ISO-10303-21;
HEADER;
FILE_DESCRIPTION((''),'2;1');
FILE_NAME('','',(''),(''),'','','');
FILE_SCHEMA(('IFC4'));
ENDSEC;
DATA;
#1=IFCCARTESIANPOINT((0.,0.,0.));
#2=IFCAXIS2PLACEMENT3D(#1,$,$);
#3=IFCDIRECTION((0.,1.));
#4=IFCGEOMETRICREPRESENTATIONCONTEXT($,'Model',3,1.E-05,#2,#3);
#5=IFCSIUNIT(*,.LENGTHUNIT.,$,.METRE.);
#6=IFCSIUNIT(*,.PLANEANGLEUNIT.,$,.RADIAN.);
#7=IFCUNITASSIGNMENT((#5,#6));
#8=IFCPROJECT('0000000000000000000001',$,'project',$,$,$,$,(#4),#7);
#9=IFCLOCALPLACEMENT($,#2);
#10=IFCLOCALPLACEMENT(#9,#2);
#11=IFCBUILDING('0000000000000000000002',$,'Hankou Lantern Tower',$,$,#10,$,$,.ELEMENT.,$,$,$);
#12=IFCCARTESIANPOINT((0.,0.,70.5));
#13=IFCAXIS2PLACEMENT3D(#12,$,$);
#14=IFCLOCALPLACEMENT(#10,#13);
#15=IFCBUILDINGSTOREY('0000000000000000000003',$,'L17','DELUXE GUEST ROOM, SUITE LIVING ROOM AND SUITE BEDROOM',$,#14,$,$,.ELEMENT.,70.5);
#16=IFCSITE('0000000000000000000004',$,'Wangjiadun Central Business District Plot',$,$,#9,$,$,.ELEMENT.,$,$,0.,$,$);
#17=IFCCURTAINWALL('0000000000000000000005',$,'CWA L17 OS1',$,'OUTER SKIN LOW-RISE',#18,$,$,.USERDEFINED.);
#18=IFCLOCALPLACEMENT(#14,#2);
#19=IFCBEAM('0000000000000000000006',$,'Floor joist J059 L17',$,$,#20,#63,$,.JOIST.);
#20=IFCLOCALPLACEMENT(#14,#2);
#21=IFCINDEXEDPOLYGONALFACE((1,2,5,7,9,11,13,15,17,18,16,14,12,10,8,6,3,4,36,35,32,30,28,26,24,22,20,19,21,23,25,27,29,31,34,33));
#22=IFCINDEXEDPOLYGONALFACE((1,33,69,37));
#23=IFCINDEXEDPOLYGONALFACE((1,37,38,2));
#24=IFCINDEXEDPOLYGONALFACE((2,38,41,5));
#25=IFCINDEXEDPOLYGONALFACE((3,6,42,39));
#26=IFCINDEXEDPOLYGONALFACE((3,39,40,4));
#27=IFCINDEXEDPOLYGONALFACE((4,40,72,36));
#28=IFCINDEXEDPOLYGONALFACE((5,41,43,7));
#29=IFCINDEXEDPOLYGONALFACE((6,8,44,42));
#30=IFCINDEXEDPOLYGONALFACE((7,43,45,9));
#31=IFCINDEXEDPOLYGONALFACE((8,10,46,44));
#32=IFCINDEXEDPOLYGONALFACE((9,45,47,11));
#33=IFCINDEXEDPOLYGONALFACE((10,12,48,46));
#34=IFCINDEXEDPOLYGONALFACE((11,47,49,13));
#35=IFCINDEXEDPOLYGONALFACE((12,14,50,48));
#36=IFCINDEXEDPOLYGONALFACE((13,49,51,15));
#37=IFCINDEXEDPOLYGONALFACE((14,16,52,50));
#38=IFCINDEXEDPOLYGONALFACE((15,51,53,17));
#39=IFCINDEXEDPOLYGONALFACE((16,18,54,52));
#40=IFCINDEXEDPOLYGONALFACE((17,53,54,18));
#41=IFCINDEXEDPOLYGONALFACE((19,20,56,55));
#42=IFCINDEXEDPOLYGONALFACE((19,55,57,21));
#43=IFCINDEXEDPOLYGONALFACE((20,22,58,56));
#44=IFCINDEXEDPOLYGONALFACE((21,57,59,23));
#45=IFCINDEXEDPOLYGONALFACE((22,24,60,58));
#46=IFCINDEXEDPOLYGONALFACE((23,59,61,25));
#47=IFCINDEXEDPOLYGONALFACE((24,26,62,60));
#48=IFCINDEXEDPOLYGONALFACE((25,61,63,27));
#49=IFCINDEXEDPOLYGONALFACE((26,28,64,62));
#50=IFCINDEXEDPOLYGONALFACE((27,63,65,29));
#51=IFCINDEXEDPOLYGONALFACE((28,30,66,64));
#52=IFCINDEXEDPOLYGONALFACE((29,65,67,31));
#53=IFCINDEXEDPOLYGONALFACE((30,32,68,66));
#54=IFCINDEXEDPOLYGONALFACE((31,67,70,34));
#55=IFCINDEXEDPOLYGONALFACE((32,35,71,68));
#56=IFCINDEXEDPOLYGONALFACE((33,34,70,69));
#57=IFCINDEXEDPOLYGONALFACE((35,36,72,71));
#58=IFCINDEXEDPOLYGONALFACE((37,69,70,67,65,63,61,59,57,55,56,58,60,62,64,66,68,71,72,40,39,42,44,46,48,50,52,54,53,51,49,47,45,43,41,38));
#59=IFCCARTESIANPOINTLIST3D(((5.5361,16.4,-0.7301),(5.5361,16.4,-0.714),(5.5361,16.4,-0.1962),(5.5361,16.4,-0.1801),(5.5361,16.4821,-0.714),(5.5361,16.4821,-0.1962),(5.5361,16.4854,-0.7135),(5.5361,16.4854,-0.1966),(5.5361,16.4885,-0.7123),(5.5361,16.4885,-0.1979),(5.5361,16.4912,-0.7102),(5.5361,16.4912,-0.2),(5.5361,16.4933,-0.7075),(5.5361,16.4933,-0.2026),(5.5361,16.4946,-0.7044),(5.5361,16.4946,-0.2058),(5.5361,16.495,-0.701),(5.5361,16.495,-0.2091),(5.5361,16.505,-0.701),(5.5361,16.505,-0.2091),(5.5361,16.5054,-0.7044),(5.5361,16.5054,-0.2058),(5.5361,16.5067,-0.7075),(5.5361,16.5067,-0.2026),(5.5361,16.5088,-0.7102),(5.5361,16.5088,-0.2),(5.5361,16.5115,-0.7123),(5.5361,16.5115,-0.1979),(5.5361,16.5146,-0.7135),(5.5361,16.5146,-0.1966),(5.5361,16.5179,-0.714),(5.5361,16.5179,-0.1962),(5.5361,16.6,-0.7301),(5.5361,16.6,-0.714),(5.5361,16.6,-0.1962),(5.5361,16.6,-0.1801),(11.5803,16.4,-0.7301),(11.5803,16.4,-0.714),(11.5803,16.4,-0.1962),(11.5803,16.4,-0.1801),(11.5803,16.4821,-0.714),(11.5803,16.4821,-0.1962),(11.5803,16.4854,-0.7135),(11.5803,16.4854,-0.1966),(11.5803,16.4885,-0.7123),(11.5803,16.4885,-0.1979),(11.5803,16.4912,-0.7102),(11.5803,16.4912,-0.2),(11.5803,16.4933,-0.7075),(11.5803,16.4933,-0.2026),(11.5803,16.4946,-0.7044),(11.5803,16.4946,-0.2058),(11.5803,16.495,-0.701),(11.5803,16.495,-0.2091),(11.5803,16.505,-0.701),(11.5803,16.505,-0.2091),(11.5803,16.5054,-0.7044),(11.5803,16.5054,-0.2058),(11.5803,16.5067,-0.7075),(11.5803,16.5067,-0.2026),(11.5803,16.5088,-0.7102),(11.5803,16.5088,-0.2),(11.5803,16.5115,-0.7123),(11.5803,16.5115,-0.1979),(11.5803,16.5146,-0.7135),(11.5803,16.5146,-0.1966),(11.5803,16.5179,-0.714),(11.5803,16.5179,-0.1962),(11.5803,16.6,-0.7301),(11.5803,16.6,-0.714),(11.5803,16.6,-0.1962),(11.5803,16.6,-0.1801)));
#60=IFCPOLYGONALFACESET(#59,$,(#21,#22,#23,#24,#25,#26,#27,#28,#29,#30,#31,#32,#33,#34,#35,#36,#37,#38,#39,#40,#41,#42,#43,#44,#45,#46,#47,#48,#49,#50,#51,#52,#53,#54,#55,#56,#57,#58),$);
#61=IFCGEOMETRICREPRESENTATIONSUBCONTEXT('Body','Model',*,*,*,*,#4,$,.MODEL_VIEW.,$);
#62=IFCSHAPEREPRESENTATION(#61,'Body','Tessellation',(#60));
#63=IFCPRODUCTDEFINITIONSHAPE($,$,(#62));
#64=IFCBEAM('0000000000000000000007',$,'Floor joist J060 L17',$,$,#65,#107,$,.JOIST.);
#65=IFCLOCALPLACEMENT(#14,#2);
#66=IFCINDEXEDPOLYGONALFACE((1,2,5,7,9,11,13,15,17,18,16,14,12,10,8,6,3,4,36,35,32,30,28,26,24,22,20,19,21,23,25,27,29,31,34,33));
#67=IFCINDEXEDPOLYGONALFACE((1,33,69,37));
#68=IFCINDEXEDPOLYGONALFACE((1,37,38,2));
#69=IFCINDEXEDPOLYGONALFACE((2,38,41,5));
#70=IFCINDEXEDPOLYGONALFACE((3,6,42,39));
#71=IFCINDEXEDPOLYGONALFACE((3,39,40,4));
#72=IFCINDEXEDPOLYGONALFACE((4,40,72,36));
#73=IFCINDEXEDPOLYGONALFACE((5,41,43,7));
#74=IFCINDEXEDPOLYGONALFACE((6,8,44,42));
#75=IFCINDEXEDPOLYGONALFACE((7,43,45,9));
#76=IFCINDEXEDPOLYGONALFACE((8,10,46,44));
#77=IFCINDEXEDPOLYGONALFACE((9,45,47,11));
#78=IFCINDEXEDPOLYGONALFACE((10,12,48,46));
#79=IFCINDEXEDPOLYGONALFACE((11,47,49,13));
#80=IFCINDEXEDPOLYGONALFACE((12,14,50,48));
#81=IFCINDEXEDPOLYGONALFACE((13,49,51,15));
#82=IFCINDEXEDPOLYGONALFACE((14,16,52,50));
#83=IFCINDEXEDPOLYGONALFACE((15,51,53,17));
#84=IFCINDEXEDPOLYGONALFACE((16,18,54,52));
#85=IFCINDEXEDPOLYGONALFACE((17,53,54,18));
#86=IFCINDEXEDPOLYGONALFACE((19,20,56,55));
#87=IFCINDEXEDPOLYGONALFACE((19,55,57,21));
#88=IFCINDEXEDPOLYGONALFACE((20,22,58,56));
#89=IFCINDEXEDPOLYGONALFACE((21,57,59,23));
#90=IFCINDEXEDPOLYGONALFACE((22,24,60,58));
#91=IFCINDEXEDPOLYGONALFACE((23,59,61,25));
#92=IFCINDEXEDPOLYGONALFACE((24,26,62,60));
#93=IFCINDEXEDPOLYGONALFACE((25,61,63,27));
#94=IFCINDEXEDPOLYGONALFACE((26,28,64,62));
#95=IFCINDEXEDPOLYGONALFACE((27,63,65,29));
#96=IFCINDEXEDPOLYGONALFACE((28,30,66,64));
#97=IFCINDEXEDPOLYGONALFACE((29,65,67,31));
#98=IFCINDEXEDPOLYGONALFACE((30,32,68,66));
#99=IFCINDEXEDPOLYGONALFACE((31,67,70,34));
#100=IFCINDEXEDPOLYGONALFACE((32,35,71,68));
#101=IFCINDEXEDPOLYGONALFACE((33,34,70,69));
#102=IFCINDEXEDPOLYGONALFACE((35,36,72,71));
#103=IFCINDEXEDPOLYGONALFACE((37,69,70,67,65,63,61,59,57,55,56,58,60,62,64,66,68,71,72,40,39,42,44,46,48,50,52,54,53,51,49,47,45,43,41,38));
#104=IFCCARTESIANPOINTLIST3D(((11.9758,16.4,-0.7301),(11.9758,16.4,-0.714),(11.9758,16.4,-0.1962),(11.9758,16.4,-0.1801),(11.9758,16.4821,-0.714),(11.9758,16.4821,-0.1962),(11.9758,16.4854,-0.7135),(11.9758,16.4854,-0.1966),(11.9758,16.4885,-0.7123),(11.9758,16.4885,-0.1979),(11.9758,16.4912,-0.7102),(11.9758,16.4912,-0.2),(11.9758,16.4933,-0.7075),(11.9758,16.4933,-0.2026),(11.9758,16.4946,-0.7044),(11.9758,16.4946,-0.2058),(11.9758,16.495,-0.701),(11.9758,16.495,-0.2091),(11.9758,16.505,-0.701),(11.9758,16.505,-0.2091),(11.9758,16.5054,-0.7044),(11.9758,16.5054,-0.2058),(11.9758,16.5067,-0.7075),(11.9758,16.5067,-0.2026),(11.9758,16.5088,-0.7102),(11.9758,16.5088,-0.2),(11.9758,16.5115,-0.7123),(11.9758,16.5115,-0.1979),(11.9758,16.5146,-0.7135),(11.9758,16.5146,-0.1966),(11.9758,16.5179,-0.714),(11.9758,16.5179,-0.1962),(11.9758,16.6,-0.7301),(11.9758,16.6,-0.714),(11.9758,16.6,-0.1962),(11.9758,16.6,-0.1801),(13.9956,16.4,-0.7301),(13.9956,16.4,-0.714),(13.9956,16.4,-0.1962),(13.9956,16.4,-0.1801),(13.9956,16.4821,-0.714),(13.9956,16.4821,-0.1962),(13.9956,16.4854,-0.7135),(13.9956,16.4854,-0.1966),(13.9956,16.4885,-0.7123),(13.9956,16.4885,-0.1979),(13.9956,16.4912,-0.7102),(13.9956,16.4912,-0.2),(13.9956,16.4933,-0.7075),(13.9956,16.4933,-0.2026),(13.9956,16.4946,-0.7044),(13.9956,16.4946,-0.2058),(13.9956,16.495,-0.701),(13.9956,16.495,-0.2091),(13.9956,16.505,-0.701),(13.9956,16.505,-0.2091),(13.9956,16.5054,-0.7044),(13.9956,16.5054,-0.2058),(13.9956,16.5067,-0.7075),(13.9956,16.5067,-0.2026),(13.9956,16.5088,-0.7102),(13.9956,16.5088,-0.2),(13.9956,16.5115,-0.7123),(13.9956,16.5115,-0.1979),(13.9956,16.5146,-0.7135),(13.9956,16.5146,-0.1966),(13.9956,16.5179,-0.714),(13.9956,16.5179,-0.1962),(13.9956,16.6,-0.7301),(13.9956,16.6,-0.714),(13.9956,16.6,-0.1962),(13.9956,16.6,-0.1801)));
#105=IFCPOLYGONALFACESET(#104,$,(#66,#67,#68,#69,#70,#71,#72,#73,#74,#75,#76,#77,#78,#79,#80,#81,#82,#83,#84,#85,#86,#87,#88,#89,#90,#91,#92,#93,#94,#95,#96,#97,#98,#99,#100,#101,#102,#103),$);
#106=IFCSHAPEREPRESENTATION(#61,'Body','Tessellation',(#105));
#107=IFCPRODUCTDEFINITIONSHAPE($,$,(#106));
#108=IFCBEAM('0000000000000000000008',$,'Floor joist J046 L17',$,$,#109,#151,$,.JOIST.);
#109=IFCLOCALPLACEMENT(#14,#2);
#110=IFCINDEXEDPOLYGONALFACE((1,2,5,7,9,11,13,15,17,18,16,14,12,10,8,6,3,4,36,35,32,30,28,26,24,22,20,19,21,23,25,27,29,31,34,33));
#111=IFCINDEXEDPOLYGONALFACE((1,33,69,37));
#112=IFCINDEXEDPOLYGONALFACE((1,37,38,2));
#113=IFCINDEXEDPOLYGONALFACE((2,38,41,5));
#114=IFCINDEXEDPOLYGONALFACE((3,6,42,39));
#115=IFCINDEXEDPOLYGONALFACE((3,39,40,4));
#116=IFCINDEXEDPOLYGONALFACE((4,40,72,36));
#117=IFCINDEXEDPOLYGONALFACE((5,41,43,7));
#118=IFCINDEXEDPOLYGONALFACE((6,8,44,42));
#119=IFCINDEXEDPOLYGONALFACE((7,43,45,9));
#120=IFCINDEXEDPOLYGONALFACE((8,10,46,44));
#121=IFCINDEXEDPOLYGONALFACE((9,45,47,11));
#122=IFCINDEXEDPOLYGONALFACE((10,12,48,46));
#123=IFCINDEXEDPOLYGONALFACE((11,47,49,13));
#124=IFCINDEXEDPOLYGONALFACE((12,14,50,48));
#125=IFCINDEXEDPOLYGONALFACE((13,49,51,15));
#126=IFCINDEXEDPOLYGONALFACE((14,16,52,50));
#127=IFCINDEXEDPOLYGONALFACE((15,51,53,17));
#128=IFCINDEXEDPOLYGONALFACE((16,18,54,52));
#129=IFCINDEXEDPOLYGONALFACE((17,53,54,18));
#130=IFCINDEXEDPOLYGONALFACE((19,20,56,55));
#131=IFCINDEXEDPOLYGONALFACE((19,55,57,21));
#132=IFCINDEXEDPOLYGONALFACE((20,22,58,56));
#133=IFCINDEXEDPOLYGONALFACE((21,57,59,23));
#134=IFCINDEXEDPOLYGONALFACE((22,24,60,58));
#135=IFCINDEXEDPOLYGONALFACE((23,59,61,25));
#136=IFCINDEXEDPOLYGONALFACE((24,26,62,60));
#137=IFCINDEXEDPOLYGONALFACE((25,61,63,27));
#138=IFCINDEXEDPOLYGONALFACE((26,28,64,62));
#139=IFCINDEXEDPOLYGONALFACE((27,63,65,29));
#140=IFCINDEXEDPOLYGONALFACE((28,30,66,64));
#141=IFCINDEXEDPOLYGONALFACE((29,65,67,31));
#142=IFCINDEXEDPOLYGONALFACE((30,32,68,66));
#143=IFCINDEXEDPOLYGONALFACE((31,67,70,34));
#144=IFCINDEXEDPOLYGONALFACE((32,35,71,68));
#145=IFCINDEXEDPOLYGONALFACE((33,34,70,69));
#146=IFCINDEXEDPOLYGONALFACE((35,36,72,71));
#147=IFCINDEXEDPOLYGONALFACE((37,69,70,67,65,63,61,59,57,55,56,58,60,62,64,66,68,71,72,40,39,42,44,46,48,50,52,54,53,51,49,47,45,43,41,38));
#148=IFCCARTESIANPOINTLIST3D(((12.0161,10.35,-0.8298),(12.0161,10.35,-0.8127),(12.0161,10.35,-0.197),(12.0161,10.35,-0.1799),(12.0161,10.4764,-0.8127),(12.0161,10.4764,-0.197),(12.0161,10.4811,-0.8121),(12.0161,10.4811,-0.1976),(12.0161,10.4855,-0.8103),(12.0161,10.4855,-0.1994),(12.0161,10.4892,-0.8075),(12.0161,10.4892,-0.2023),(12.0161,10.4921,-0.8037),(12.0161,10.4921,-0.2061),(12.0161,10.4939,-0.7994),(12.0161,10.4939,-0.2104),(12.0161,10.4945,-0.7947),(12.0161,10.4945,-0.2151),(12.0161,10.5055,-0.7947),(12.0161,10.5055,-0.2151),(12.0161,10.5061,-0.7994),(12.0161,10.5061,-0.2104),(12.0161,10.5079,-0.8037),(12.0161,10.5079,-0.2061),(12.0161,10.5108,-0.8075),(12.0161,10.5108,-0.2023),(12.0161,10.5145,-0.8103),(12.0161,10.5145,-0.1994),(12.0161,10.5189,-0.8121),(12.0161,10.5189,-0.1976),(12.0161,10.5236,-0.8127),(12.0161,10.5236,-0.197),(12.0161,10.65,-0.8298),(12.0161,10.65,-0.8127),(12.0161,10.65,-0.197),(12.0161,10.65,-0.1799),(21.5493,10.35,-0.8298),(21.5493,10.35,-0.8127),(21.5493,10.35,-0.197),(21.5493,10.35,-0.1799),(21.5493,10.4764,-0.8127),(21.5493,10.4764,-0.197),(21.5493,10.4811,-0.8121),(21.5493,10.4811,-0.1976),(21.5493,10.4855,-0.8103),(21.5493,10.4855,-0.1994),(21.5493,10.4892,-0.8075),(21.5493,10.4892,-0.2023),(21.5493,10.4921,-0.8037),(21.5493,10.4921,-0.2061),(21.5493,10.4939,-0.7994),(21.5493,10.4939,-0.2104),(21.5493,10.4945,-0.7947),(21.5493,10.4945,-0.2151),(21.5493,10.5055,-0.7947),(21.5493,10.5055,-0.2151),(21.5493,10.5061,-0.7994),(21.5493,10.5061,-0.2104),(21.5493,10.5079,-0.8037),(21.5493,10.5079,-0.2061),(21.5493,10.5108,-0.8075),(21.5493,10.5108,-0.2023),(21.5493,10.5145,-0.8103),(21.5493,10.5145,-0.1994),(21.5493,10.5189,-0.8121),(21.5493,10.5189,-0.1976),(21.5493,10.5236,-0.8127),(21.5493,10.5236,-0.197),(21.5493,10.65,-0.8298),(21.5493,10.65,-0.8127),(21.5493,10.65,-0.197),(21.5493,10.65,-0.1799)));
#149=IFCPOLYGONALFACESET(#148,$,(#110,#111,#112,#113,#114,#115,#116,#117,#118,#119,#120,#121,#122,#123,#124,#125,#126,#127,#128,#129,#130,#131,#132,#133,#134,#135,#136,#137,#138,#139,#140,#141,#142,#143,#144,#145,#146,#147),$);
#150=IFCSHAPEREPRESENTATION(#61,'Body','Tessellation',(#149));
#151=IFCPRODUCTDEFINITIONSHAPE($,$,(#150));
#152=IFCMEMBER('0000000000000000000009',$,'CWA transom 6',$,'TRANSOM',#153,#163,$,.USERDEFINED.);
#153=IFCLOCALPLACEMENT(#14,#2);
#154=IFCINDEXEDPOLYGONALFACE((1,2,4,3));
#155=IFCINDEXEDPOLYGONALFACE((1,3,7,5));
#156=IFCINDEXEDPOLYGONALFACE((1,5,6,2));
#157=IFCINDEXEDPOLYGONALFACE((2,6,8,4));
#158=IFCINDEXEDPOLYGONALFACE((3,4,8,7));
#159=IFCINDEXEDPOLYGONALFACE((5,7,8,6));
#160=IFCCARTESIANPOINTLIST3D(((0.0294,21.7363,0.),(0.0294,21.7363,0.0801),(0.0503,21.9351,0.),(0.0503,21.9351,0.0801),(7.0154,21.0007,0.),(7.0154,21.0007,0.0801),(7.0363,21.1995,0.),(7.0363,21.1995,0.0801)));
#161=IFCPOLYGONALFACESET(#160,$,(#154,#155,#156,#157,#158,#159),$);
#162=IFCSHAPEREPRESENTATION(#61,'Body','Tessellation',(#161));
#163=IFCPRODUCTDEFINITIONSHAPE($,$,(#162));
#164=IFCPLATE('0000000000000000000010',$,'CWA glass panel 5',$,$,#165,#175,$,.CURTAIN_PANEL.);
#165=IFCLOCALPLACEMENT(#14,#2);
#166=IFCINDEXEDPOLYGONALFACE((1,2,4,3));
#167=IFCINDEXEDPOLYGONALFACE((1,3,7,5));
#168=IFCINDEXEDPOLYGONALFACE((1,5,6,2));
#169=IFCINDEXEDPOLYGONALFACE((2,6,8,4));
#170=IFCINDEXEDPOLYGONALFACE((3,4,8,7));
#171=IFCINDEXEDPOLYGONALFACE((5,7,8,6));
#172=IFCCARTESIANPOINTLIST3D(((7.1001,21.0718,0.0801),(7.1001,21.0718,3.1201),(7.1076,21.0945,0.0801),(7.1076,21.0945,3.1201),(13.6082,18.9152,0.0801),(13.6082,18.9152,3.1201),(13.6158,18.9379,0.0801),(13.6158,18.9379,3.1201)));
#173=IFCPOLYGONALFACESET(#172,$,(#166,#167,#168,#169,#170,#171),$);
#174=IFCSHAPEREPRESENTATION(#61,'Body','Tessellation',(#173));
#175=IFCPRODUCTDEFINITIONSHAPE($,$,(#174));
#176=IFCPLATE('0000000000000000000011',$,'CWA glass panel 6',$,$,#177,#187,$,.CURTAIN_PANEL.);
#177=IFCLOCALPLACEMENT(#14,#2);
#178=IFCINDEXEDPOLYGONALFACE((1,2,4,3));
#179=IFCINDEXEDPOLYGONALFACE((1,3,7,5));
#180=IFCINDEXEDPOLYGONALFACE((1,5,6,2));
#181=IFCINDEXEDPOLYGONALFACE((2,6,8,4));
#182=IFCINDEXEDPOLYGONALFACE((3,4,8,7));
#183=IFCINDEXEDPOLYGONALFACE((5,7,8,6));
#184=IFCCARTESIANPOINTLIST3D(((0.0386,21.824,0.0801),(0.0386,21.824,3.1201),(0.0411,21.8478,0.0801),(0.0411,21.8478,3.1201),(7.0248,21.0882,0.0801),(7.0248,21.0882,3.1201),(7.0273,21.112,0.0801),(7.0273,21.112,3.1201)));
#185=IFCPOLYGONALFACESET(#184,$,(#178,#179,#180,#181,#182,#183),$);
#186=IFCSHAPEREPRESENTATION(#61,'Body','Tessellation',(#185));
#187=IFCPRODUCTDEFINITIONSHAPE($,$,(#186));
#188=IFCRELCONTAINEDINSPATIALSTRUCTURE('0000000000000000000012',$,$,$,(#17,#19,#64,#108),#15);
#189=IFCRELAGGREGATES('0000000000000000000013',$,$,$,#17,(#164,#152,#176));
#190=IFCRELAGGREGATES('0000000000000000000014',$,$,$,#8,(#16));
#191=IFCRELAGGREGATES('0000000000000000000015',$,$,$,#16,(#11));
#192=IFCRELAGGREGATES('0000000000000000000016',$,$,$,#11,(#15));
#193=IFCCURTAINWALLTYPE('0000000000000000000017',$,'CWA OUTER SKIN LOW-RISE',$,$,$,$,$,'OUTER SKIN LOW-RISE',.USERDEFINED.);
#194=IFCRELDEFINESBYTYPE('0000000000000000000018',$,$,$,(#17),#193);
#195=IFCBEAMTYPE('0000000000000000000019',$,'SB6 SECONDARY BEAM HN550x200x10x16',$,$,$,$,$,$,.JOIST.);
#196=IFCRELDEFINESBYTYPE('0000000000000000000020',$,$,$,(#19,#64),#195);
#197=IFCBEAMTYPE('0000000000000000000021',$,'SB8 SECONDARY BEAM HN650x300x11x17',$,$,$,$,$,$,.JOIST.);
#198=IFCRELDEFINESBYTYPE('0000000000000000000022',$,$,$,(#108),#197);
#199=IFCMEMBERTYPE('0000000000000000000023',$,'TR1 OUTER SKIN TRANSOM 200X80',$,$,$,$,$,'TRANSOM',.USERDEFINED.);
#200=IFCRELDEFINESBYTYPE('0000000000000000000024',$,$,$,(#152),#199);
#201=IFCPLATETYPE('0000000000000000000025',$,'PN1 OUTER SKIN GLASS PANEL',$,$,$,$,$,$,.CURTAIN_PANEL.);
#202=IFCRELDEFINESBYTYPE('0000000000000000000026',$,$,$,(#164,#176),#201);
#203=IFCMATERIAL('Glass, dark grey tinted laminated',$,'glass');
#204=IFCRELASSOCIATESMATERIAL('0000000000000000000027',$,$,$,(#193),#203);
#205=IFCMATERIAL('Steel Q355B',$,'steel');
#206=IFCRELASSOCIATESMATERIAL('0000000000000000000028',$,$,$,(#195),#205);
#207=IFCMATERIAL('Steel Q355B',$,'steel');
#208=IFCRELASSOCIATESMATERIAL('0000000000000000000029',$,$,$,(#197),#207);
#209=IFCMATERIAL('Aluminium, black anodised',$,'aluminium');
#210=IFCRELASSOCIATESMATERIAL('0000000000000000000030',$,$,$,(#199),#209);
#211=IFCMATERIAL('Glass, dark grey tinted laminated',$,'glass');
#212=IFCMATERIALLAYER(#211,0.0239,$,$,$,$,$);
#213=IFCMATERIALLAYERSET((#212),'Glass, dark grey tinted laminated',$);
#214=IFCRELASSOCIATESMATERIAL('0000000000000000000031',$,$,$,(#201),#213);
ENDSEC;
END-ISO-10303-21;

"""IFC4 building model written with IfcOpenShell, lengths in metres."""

from ifc_helpers import new_model, si_unit, direction, frame, origin, origin_2d, place, context, subcontext, project, spatial, rectangle, i_section, extrude, material, layer, layer_set, material_profile, profile_set, type_object, element, aggregate, save


model = new_model("IFC4")

# Units and contexts
model_context = context("Model", 3, precision=1e-05, world=origin(), true_north=direction((0.0, 1.0)))
body_context = subcontext(model_context, "Body", "Model", "MODEL_VIEW")
ifc_project = project(units=[si_unit("LENGTHUNIT", "METRE"), si_unit("PLANEANGLEUNIT", "RADIAN")], contexts=[model_context])

# Site, building, storey
site_placement = place(None, origin())
site = spatial("IfcSite", under=ifc_project, at=site_placement, Name="Wangjiadun Central Business District Plot", CompositionType="ELEMENT", RefElevation=0.0)
building_placement = place(site_placement, origin())
building = spatial("IfcBuilding", under=site, at=building_placement, Name="Hankou Lantern Tower", CompositionType="ELEMENT")
storey_placement = place(building_placement, frame((0.0, 0.0, 70.5)))
storey = spatial("IfcBuildingStorey", under=building, at=storey_placement, Name="L17", Description="DELUXE GUEST ROOM, SUITE LIVING ROOM AND SUITE BEDROOM", CompositionType="ELEMENT", Elevation=70.5)

# Curtain wall
ifc_material_1 = material(Name="Glass, dark grey tinted laminated", Category="glass")
curtain_wall_type = type_object("IfcCurtainWallType", Name="CWA OUTER SKIN LOW-RISE", ElementType="OUTER SKIN LOW-RISE", PredefinedType="USERDEFINED", material=ifc_material_1)
curtain_wall_1_placement = place(storey_placement, origin())
curtain_wall_1 = element("IfcCurtainWall", 1, at=curtain_wall_1_placement, inside=storey, type_object=curtain_wall_type, Name="CWA L17 OS1", ObjectType="OUTER SKIN LOW-RISE", PredefinedType="USERDEFINED")

# Beams
ifc_material_2 = material(Name="Steel Q355B", Category="steel")
ifc_material_profile_1 = material_profile(ifc_material_2, i_section(OverallWidth=0.2, OverallDepth=0.55, WebThickness=0.01, FlangeThickness=0.0161, FilletRadius=0.0129, at=origin_2d()), Name="HN550x200x10x16")
ifc_profile_set_1 = profile_set([ifc_material_profile_1], Name="Steel Q355B")
beam_type_1 = type_object("IfcBeamType", Name="SB6 SECONDARY BEAM HN550x200x10x16", PredefinedType="JOIST", material=ifc_profile_set_1)
beam_1_placement = place(storey_placement, frame((5.5361, 16.5, -0.4551), z_axis=(1.0, 0.0, 0.0), x_axis=(0.0, 1.0, 0.0)))
element("IfcBeam", 2, at=beam_1_placement, inside=storey, type_object=beam_type_1, Name="Floor joist J059 L17", PredefinedType="JOIST", context=body_context, shape_type="SweptSolid", body=[
    extrude(i_section(OverallWidth=0.2, OverallDepth=0.55, WebThickness=0.01, FlangeThickness=0.0161, FilletRadius=0.0129, at=origin_2d()), origin(), (0.0, 0.0, 1.0), 6.0442),
])
beam_2_placement = place(storey_placement, frame((11.9758, 16.5, -0.4551), z_axis=(1.0, 0.0, 0.0), x_axis=(0.0, 1.0, 0.0)))
element("IfcBeam", 3, at=beam_2_placement, inside=storey, type_object=beam_type_1, Name="Floor joist J060 L17", PredefinedType="JOIST", context=body_context, shape_type="SweptSolid", body=[
    extrude(i_section(OverallWidth=0.2, OverallDepth=0.55, WebThickness=0.01, FlangeThickness=0.0161, FilletRadius=0.0129, at=origin_2d()), origin(), (0.0, 0.0, 1.0), 2.0198),
])
ifc_material_3 = material(Name="Steel Q355B", Category="steel")
ifc_material_profile_2 = material_profile(ifc_material_3, i_section(OverallWidth=0.3, OverallDepth=0.6499, WebThickness=0.011, FlangeThickness=0.0171, FilletRadius=0.0181, at=origin_2d()), Name="HN650x300x11x17")
ifc_profile_set_2 = profile_set([ifc_material_profile_2], Name="Steel Q355B")
beam_type_2 = type_object("IfcBeamType", Name="SB8 SECONDARY BEAM HN650x300x11x17", PredefinedType="JOIST", material=ifc_profile_set_2)
beam_3_placement = place(storey_placement, frame((12.0161, 10.5, -0.5049), z_axis=(1.0, 0.0, 0.0), x_axis=(0.0, 1.0, 0.0)))
element("IfcBeam", 4, at=beam_3_placement, inside=storey, type_object=beam_type_2, Name="Floor joist J046 L17", PredefinedType="JOIST", context=body_context, shape_type="SweptSolid", body=[
    extrude(i_section(OverallWidth=0.3, OverallDepth=0.6499, WebThickness=0.011, FlangeThickness=0.0171, FilletRadius=0.0181, at=origin_2d()), origin(), (0.0, 0.0, 1.0), 9.5332),
])

# Member
ifc_material_4 = material(Name="Aluminium, black anodised", Category="aluminium")
ifc_material_profile_3 = material_profile(ifc_material_4, rectangle(XDim=0.2, YDim=0.0801, at=origin_2d()), Name="TR1 200X80")
ifc_profile_set_3 = profile_set([ifc_material_profile_3], Name="Aluminium, black anodised")
member_type_1 = type_object("IfcMemberType", Name="TR1 OUTER SKIN TRANSOM 200X80", ElementType="TRANSOM", PredefinedType="USERDEFINED", material=ifc_profile_set_3)
member_1_placement = place(storey_placement, frame((7.0259, 21.1001, 0.04), z_axis=(-0.994502, 0.104716, 0.0), x_axis=(-0.104716, -0.994502, 0.0)))
member_1 = element("IfcMember", 5, at=member_1_placement, type_object=member_type_1, Name="CWA transom 6", ObjectType="TRANSOM", PredefinedType="USERDEFINED", context=body_context, shape_type="SweptSolid", body=[
    extrude(rectangle(XDim=0.2, YDim=0.0801, at=origin_2d()), origin(), (0.0, 0.0, 1.0), 7.0247),
])

# Plates
ifc_material_5 = material(Name="Glass, dark grey tinted laminated", Category="glass")
ifc_layer_1 = layer(ifc_material_5, 0.0239)
ifc_layer_set_1 = layer_set([ifc_layer_1], Name="Glass, dark grey tinted laminated")
plate_type = type_object("IfcPlateType", Name="PN1 OUTER SKIN GLASS PANEL", PredefinedType="CURTAIN_PANEL", material=ifc_layer_set_1)
plate_1_placement = place(storey_placement, frame((10.3579, 20.0049, 0.0801), z_axis=(0.0, 0.0, 1.0), x_axis=(-0.949241, 0.314551, 0.0)))
plate_1 = element("IfcPlate", 6, at=plate_1_placement, type_object=plate_type, Name="CWA glass panel 5", PredefinedType="CURTAIN_PANEL", context=body_context, shape_type="SweptSolid", body=[
    extrude(rectangle(XDim=6.8562, YDim=0.0239, at=origin_2d()), origin(), (0.0, 0.0, 1.0), 3.04),
])
plate_2_placement = place(storey_placement, frame((3.533, 21.468, 0.0801), z_axis=(0.0, 0.0, 1.0), x_axis=(-0.994499, 0.104743, 0.0)))
plate_2 = element("IfcPlate", 7, at=plate_2_placement, type_object=plate_type, Name="CWA glass panel 6", PredefinedType="CURTAIN_PANEL", context=body_context, shape_type="SweptSolid", body=[
    extrude(rectangle(XDim=7.0249, YDim=0.0239, at=origin_2d()), origin(), (0.0, 0.0, 1.0), 3.04),
])
aggregate(curtain_wall_1, [plate_1, member_1, plate_2])

save(model, "model.ifc")
